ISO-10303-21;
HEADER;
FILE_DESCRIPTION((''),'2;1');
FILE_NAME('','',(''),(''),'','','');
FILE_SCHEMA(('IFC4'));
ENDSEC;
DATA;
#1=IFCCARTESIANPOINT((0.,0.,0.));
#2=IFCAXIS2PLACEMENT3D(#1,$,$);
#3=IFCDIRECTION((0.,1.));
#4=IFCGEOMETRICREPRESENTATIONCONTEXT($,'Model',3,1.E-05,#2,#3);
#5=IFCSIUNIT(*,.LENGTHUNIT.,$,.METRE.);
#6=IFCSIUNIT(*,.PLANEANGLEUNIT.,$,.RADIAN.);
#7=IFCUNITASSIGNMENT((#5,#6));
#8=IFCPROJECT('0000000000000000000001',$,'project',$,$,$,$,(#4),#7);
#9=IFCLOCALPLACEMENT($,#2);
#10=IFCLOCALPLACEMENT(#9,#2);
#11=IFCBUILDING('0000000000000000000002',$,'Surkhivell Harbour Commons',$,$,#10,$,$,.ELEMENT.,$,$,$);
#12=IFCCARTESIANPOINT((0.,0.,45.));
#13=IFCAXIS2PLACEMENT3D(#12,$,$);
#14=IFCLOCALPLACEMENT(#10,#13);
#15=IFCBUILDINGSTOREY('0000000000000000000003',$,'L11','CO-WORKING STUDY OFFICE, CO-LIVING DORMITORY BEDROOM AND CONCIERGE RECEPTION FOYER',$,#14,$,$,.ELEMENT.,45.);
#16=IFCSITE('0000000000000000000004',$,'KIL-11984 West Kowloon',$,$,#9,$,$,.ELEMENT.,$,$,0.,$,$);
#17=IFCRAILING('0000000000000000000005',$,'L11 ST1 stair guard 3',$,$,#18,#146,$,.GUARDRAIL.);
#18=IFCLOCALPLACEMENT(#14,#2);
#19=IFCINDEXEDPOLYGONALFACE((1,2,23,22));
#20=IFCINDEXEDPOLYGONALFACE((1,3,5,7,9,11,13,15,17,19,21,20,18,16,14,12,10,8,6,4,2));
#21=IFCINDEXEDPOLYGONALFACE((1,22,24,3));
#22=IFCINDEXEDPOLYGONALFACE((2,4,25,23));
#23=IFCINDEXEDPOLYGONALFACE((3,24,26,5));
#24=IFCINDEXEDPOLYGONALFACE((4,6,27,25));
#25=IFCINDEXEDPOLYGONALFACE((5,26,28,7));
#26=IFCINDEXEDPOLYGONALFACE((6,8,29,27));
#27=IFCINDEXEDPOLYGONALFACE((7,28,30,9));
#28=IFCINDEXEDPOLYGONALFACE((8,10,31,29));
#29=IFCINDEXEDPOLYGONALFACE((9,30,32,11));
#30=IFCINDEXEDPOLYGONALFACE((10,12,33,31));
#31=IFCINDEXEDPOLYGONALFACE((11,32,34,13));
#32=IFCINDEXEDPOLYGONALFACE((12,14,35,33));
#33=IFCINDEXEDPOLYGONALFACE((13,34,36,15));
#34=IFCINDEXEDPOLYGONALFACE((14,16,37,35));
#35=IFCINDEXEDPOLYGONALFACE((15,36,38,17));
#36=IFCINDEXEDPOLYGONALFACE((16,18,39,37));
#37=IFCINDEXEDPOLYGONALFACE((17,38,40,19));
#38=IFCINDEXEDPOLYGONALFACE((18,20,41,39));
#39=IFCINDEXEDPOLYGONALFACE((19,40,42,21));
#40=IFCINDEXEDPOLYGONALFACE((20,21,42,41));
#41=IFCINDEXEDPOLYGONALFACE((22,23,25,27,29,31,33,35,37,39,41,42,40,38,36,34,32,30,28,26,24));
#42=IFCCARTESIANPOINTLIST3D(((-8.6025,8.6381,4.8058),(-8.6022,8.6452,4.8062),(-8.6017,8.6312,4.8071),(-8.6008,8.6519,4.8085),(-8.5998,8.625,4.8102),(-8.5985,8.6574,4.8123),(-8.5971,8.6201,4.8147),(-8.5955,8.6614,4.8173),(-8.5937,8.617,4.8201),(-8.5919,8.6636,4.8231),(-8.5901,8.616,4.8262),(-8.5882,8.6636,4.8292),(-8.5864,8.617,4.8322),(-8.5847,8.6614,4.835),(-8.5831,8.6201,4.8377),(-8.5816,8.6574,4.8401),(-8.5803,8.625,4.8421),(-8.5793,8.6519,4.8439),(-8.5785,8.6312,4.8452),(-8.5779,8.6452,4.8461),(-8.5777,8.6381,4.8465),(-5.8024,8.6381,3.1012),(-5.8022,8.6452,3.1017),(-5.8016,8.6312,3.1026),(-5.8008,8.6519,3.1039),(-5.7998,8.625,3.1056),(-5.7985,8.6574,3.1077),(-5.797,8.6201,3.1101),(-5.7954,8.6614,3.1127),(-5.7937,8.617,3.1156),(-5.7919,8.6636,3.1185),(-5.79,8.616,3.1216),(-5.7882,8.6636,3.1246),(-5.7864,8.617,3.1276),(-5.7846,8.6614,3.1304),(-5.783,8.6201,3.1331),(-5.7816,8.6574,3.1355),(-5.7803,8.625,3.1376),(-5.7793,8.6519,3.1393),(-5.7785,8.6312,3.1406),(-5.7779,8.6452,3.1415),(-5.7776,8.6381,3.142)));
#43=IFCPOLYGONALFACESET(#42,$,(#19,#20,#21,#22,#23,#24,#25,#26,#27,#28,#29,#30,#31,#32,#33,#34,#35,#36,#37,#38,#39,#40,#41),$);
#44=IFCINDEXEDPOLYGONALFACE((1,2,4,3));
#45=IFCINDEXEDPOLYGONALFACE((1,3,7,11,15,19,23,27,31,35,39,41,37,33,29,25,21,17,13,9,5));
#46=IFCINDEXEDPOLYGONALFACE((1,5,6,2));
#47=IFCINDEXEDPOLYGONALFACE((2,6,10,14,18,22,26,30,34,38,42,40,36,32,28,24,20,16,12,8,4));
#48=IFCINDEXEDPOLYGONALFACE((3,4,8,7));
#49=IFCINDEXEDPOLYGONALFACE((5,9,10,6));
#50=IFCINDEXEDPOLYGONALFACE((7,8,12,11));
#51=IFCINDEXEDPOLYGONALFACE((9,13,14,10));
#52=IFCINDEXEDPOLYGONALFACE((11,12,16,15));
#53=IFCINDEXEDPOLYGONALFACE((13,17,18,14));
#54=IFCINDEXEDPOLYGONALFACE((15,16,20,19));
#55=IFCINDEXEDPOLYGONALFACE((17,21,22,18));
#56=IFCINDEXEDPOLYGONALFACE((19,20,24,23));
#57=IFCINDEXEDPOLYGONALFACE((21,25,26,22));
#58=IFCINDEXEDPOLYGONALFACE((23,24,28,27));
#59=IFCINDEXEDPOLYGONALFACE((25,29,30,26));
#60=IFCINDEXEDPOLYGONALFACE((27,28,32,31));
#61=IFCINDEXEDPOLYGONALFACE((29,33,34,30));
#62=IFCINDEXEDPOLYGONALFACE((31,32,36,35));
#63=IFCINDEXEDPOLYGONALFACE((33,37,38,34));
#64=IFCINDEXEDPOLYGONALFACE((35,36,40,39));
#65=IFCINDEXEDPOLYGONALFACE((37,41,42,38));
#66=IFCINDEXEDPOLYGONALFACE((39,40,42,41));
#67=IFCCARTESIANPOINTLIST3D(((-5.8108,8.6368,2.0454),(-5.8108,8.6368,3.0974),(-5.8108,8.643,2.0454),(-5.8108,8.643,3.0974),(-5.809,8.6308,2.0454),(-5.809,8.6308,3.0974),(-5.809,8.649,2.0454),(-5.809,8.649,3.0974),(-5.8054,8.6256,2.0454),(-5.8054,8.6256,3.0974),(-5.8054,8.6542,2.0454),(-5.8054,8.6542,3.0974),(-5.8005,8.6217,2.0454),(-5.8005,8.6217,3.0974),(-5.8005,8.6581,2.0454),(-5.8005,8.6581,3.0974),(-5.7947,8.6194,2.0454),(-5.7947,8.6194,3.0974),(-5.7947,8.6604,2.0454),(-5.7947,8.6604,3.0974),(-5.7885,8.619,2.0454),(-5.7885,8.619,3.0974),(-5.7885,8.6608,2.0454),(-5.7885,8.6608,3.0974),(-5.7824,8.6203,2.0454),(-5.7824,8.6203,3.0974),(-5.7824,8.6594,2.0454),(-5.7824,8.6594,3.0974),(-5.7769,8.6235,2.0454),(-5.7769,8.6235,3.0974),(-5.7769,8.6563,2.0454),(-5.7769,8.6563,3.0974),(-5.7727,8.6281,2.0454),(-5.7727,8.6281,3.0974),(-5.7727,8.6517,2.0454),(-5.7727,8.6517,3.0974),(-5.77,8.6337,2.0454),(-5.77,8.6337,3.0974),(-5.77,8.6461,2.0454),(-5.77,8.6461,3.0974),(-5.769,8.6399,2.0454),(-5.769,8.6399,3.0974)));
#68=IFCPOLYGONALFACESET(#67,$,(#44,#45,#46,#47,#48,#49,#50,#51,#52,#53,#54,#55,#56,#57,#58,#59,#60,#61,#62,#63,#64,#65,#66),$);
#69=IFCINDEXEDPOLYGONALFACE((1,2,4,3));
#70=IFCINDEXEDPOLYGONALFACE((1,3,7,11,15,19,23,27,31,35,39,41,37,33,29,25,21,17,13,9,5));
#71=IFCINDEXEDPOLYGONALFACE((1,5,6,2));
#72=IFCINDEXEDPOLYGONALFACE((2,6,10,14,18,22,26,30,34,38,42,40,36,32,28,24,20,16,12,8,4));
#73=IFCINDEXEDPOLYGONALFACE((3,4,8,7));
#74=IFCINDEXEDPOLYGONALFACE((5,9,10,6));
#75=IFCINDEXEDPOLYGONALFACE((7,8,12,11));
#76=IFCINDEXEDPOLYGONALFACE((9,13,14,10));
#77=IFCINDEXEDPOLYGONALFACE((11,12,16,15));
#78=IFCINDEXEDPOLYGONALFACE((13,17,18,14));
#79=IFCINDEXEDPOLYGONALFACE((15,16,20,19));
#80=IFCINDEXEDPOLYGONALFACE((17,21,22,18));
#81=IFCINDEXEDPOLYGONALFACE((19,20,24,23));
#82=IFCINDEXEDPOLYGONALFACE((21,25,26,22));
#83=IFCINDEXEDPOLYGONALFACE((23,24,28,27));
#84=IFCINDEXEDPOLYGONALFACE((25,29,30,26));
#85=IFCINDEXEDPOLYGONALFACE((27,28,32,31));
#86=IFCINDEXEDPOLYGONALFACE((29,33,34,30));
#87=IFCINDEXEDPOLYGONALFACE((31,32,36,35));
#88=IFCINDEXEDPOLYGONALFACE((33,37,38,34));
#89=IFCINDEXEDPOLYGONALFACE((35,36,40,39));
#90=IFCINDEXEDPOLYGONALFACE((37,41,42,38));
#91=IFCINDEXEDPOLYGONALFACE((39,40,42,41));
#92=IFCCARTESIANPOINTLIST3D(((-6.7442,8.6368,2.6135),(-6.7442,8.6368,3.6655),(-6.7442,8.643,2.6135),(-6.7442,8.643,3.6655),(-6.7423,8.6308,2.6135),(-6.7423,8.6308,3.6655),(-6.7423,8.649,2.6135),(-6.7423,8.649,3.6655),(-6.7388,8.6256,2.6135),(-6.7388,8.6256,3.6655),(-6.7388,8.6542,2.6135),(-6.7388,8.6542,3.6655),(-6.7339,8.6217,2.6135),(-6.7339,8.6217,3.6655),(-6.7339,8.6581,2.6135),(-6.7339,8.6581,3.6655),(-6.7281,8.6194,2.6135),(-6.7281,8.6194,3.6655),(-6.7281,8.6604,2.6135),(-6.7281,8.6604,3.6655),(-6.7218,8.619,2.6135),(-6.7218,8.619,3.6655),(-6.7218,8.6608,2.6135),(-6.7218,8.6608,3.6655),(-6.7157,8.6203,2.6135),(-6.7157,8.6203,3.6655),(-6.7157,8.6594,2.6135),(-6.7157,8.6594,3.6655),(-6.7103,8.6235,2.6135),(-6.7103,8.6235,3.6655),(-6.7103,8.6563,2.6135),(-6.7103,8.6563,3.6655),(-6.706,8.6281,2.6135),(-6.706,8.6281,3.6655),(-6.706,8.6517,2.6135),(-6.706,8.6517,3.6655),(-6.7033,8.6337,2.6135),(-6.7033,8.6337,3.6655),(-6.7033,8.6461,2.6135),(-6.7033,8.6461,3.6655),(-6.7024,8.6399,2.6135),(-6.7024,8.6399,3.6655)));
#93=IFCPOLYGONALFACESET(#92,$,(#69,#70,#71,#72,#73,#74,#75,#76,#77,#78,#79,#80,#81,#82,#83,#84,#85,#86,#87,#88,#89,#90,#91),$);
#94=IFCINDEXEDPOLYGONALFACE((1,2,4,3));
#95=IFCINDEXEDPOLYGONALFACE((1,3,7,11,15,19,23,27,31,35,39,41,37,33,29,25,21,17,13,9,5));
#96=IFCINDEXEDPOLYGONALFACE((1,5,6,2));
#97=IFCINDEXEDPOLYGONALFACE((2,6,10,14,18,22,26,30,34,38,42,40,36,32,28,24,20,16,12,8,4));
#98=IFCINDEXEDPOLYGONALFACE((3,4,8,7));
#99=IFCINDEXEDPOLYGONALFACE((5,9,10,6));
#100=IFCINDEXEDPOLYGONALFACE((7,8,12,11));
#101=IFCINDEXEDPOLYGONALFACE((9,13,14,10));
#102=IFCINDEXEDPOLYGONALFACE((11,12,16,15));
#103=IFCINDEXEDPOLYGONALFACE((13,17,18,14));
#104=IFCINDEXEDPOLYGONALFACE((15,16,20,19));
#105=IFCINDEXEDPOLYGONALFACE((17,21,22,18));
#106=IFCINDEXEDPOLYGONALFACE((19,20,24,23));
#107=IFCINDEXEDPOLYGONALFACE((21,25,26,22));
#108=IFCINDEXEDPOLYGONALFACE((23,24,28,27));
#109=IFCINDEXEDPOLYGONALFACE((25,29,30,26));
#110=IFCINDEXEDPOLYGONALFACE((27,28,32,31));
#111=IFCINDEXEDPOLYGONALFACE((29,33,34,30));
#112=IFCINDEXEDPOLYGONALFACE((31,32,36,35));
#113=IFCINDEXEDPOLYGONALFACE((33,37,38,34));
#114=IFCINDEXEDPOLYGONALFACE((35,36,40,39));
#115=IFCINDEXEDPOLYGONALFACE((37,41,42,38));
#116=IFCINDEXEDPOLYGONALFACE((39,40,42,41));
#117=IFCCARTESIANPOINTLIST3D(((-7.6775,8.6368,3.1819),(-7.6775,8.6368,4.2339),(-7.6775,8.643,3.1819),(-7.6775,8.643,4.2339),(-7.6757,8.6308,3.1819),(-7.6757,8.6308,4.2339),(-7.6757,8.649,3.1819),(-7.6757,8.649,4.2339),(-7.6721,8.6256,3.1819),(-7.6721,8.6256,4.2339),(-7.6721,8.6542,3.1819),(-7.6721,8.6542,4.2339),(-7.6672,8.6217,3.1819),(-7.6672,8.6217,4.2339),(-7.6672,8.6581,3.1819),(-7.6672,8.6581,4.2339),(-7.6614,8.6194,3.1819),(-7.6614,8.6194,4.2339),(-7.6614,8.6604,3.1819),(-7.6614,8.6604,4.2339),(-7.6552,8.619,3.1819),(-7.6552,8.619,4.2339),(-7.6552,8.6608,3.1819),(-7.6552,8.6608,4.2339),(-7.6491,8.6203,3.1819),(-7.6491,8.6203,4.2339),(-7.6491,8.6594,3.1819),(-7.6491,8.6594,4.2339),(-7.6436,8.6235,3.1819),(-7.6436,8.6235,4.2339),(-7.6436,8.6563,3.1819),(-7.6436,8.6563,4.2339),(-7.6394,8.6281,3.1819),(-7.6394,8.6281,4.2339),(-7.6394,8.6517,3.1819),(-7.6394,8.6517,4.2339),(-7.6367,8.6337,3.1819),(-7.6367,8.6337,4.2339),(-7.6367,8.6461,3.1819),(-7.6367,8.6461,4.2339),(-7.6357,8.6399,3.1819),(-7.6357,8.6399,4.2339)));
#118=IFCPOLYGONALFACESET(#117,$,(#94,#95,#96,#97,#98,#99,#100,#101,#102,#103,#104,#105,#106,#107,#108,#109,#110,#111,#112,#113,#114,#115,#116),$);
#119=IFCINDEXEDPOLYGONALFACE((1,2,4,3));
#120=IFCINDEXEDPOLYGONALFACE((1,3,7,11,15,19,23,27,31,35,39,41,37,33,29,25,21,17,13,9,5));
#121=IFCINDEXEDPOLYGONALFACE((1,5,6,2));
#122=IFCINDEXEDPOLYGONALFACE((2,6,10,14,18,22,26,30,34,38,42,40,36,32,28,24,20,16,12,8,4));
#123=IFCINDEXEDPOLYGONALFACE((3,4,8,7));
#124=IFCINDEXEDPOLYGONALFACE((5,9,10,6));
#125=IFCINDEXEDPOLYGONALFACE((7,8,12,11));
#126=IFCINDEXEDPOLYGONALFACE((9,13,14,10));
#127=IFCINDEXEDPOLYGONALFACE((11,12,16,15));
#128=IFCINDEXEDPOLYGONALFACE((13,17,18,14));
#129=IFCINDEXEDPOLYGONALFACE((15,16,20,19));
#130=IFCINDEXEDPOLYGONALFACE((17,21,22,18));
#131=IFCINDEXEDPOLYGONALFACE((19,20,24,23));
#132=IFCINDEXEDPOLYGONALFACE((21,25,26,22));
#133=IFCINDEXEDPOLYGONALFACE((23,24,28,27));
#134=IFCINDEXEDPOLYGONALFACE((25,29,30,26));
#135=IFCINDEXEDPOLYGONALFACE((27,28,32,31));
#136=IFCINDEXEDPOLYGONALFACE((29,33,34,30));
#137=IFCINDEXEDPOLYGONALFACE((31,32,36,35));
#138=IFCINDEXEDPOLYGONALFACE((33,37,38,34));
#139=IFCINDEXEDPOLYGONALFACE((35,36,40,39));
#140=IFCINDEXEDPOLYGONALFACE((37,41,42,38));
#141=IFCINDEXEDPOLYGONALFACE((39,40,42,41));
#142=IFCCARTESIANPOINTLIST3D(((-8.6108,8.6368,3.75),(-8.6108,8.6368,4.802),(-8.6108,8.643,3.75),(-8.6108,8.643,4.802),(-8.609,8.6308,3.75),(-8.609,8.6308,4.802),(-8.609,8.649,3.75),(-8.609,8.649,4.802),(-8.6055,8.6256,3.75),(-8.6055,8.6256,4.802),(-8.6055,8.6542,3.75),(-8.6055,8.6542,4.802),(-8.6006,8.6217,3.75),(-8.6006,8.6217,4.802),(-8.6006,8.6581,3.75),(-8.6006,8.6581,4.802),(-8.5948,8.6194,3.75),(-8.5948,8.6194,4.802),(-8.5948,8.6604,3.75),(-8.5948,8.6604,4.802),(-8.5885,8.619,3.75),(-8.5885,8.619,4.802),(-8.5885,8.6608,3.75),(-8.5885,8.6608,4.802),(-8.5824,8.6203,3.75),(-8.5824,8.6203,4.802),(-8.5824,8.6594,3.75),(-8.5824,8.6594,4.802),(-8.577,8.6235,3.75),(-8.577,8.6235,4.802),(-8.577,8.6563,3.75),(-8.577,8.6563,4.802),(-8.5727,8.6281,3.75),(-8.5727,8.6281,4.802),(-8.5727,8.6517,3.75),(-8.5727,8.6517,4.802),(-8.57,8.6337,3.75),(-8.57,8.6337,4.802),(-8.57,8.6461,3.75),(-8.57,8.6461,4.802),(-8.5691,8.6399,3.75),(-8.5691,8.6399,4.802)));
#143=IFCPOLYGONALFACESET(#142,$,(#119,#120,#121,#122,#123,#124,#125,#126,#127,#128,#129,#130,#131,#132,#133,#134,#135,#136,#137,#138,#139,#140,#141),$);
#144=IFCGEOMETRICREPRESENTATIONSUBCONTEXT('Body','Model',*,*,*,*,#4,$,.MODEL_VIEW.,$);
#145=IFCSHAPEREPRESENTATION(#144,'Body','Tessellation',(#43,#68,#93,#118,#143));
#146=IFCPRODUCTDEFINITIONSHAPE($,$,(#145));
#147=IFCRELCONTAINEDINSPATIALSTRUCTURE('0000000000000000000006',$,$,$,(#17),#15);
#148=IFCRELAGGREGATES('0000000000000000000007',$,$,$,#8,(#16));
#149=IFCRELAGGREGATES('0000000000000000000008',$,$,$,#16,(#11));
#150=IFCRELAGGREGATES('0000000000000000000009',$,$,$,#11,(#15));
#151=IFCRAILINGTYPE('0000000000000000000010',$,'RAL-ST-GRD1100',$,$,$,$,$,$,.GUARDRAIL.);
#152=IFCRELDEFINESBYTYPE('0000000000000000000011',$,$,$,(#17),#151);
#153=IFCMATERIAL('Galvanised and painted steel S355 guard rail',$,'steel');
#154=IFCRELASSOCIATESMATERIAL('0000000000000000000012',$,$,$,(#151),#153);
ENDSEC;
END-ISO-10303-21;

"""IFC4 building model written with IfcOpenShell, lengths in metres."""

from ifc_helpers import new_model, si_unit, direction, frame, origin, origin_2d, place, context, subcontext, project, spatial, circle, extrude, material, type_object, element, save


model = new_model("IFC4")

# Units and contexts
model_context = context("Model", 3, precision=1e-05, world=origin(), true_north=direction((0.0, 1.0)))
body_context = subcontext(model_context, "Body", "Model", "MODEL_VIEW")
ifc_project = project(units=[si_unit("LENGTHUNIT", "METRE"), si_unit("PLANEANGLEUNIT", "RADIAN")], contexts=[model_context])

# Site, building, storey
site_placement = place(None, origin())
site = spatial("IfcSite", under=ifc_project, at=site_placement, Name="KIL-11984 West Kowloon", CompositionType="ELEMENT", RefElevation=0.0)
building_placement = place(site_placement, origin())
building = spatial("IfcBuilding", under=site, at=building_placement, Name="Surkhivell Harbour Commons", CompositionType="ELEMENT")
storey_placement = place(building_placement, frame((0.0, 0.0, 45.0)))
storey = spatial("IfcBuildingStorey", under=building, at=storey_placement, Name="L11", Description="CO-WORKING STUDY OFFICE, CO-LIVING DORMITORY BEDROOM AND CONCIERGE RECEPTION FOYER", CompositionType="ELEMENT", Elevation=45.0)

# Railing
ifc_material_1 = material(Name="Galvanised and painted steel S355 guard rail", Category="steel")
railing_type_1 = type_object("IfcRailingType", Name="RAL-ST-GRD1100", PredefinedType="GUARDRAIL", material=ifc_material_1)
railing_1_placement = place(storey_placement, frame((-5.79, 8.6399, 2.0454)))
element("IfcRailing", 1, at=railing_1_placement, inside=storey, type_object=railing_type_1, Name="L11 ST1 stair guard 3", PredefinedType="GUARDRAIL", context=body_context, shape_type="SweptSolid", body=[
    extrude(circle(Radius=0.0239, at=origin_2d()), frame((0.0, 0.0, 1.0762), z_axis=(-0.85417, 0.0, 0.519994), x_axis=(0.0, -1.0, 0.0)), (0.0, 0.0, 1.0), 3.2781),
    extrude(circle(Radius=0.021, at=origin_2d()), origin(), (0.0, 0.0, 1.0), 1.052),
    extrude(circle(Radius=0.021, at=origin_2d()), frame((-0.9333, 0.0, 0.5681)), (0.0, 0.0, 1.0), 1.052),
    extrude(circle(Radius=0.021, at=origin_2d()), frame((-1.8667, 0.0, 1.1365)), (0.0, 0.0, 1.0), 1.052),
    extrude(circle(Radius=0.021, at=origin_2d()), frame((-2.8, 0.0, 1.7046)), (0.0, 0.0, 1.0), 1.052),
])

save(model, "model.ifc")
